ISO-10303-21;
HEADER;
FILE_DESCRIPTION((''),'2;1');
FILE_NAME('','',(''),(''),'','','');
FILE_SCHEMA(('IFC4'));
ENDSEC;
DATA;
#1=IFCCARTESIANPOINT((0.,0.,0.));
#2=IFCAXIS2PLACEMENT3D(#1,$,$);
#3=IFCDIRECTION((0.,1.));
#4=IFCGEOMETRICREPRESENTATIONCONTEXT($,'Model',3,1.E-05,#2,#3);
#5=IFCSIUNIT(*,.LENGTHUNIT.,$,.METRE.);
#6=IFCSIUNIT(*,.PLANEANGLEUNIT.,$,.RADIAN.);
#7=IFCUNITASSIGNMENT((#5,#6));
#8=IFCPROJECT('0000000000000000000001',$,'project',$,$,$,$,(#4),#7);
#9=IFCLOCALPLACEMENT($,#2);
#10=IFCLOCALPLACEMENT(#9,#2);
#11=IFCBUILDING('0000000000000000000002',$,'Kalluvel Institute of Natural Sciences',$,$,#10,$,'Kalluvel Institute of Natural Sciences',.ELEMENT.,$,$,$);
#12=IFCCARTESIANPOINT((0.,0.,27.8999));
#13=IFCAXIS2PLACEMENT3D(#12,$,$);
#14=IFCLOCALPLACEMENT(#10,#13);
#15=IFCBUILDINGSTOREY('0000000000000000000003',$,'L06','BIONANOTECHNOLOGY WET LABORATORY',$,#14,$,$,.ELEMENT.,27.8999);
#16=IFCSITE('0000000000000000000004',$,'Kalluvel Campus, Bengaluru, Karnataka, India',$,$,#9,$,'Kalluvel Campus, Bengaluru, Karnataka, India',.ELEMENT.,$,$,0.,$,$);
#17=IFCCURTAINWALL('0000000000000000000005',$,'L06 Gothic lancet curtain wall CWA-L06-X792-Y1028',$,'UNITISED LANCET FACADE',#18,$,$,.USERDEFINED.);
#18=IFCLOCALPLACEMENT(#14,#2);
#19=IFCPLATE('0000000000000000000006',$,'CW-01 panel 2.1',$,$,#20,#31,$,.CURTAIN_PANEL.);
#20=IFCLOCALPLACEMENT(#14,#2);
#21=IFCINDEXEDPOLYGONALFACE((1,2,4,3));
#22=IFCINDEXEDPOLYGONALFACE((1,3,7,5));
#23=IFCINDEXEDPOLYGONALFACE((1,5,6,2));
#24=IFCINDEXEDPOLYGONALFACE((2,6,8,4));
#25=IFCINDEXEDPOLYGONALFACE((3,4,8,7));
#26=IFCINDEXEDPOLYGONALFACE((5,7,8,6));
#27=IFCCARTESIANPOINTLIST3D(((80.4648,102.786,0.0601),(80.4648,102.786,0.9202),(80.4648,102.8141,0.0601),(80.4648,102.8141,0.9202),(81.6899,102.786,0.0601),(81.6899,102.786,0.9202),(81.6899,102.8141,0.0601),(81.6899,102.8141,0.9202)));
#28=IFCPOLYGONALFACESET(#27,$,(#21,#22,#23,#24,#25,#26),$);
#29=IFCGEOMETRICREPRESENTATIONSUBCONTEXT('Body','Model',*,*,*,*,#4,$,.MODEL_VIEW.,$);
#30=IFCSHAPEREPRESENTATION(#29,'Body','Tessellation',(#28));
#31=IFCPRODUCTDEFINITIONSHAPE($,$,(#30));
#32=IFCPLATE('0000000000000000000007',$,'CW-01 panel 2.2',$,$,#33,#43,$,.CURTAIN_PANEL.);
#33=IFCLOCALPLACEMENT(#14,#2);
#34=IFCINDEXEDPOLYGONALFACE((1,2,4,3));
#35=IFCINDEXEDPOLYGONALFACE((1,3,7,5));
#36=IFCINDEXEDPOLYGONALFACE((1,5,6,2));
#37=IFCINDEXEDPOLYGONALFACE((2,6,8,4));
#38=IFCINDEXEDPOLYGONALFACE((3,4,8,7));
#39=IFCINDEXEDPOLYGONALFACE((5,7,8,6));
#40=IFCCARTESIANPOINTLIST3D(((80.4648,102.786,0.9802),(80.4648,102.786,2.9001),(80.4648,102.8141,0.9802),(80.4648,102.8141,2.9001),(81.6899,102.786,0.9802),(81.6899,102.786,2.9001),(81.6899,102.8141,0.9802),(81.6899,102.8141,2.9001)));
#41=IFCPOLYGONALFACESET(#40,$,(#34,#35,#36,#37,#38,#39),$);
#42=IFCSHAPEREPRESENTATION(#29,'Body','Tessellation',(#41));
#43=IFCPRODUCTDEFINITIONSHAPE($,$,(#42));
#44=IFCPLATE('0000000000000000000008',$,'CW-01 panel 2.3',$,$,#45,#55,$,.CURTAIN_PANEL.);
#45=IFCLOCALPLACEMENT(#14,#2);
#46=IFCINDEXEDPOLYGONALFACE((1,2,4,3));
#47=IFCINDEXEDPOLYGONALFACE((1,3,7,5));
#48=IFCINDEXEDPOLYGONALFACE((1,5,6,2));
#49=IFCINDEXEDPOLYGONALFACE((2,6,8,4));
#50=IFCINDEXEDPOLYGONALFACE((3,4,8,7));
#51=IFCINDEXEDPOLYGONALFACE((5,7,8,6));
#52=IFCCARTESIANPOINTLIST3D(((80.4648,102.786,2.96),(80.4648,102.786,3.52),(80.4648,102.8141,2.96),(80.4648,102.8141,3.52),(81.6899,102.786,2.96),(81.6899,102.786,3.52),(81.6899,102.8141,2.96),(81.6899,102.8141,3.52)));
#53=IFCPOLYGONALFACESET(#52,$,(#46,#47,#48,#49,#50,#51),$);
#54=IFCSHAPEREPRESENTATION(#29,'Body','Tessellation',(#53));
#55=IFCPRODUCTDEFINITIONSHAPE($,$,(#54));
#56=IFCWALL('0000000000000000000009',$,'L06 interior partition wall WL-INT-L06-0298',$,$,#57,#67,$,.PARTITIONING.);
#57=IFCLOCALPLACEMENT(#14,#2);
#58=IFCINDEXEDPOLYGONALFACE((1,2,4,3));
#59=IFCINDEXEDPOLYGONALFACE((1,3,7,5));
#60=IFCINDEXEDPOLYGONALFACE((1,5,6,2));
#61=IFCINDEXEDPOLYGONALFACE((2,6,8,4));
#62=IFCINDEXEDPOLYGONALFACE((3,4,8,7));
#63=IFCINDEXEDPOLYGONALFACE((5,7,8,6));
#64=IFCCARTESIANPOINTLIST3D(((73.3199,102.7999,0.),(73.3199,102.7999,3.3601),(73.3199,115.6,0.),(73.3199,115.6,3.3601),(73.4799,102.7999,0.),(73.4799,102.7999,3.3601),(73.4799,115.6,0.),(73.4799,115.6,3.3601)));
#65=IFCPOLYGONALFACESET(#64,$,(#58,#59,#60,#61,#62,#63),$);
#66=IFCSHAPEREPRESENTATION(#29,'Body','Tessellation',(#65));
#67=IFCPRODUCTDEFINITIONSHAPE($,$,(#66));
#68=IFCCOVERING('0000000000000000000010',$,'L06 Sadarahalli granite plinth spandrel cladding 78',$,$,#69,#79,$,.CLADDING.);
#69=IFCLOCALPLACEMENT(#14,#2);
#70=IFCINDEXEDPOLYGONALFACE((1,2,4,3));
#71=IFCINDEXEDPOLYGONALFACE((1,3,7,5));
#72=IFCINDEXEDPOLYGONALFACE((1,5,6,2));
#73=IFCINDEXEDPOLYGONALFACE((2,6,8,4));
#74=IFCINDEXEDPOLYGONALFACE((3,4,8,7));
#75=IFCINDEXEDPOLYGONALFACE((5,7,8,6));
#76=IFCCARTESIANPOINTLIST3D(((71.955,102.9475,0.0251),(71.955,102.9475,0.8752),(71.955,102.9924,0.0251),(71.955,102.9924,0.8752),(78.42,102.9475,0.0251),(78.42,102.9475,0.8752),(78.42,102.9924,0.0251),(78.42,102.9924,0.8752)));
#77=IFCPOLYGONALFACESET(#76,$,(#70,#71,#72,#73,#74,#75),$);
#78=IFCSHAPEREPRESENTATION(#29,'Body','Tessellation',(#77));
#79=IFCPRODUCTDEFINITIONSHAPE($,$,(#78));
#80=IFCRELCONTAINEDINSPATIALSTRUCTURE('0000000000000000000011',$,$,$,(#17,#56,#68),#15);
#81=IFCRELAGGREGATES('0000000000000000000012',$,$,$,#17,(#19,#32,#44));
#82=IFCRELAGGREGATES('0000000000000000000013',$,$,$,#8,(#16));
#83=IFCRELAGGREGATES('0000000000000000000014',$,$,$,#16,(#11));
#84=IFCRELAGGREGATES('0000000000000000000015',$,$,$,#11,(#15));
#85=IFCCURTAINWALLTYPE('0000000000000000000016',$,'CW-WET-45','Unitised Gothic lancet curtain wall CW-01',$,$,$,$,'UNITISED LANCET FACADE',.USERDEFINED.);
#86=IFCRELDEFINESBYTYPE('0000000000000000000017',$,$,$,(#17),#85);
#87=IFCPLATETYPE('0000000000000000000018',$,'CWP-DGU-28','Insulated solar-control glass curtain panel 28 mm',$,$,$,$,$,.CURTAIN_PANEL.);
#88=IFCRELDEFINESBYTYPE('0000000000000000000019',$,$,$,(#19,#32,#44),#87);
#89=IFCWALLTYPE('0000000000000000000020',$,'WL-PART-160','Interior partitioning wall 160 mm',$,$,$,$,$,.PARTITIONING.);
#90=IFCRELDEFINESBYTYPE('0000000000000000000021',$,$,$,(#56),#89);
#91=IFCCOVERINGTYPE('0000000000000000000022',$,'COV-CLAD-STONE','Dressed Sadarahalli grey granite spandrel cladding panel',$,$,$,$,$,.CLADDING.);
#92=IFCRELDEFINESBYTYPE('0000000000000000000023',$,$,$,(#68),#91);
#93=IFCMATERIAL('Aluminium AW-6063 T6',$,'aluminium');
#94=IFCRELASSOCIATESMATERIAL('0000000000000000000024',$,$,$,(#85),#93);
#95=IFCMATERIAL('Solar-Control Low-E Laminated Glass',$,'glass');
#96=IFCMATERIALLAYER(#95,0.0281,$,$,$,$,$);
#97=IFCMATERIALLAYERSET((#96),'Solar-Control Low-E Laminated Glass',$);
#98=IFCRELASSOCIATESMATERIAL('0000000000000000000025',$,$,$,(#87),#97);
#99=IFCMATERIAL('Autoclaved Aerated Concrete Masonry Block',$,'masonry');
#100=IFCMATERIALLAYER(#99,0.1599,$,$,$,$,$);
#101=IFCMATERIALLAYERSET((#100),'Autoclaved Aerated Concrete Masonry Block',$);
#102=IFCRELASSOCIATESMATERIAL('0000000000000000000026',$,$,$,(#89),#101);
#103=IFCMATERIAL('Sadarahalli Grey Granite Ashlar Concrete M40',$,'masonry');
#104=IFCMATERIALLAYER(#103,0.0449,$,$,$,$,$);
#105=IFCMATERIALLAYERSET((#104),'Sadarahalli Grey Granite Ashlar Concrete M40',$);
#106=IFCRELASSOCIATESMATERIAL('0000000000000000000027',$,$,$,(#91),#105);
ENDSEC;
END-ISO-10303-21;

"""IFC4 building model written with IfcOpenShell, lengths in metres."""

from ifc_helpers import new_model, si_unit, direction, frame, frame_2d, origin, origin_2d, place, context, subcontext, project, spatial, rectangle, extrude, material, layer, layer_set, type_object, element, aggregate, save


model = new_model("IFC4")

# Units and contexts
model_context = context("Model", 3, precision=1e-05, world=origin(), true_north=direction((0.0, 1.0)))
body_context = subcontext(model_context, "Body", "Model", "MODEL_VIEW")
ifc_project = project(units=[si_unit("LENGTHUNIT", "METRE"), si_unit("PLANEANGLEUNIT", "RADIAN")], contexts=[model_context])

# Site, building, storey
site_placement = place(None, origin())
site = spatial("IfcSite", under=ifc_project, at=site_placement, Name="Kalluvel Campus, Bengaluru, Karnataka, India", LongName="Kalluvel Campus, Bengaluru, Karnataka, India", CompositionType="ELEMENT", RefElevation=0.0)
building_placement = place(site_placement, origin())
building = spatial("IfcBuilding", under=site, at=building_placement, Name="Kalluvel Institute of Natural Sciences", LongName="Kalluvel Institute of Natural Sciences", CompositionType="ELEMENT")
storey_placement = place(building_placement, frame((0.0, 0.0, 27.8999)))
storey = spatial("IfcBuildingStorey", under=building, at=storey_placement, Name="L06", Description="BIONANOTECHNOLOGY WET LABORATORY", CompositionType="ELEMENT", Elevation=27.8999)

# Curtain wall
ifc_material_1 = material(Name="Aluminium AW-6063 T6", Category="aluminium")
curtain_wall_type = type_object("IfcCurtainWallType", Name="CW-WET-45", Description="Unitised Gothic lancet curtain wall CW-01", ElementType="UNITISED LANCET FACADE", PredefinedType="USERDEFINED", material=ifc_material_1)
curtain_wall_placement = place(storey_placement, origin())
curtain_wall = element("IfcCurtainWall", 1, at=curtain_wall_placement, inside=storey, type_object=curtain_wall_type, Name="L06 Gothic lancet curtain wall CWA-L06-X792-Y1028", ObjectType="UNITISED LANCET FACADE", PredefinedType="USERDEFINED")

# Plates
ifc_material_2 = material(Name="Solar-Control Low-E Laminated Glass", Category="glass")
ifc_layer_1 = layer(ifc_material_2, 0.0281)
ifc_layer_set_1 = layer_set([ifc_layer_1], Name="Solar-Control Low-E Laminated Glass")
plate_type = type_object("IfcPlateType", Name="CWP-DGU-28", Description="Insulated solar-control glass curtain panel 28 mm", PredefinedType="CURTAIN_PANEL", material=ifc_layer_set_1)
plate_1_placement = place(storey_placement, frame((81.0774, 102.8, 0.0601), z_axis=(0.0, 0.0, 1.0), x_axis=(1.0, 0.0, 0.0)))
plate_1 = element("IfcPlate", 2, at=plate_1_placement, type_object=plate_type, Name="CW-01 panel 2.1", PredefinedType="CURTAIN_PANEL", context=body_context, shape_type="SweptSolid", body=[
    extrude(rectangle(XDim=1.2251, YDim=0.0281, at=origin_2d()), origin(), (0.0, 0.0, 1.0), 0.8601),
])
plate_2_placement = place(storey_placement, frame((81.0774, 102.8, 0.9802), z_axis=(0.0, 0.0, 1.0), x_axis=(1.0, 0.0, 0.0)))
plate_2 = element("IfcPlate", 3, at=plate_2_placement, type_object=plate_type, Name="CW-01 panel 2.2", PredefinedType="CURTAIN_PANEL", context=body_context, shape_type="SweptSolid", body=[
    extrude(rectangle(XDim=1.2251, YDim=0.0281, at=origin_2d()), origin(), (0.0, 0.0, 1.0), 1.9199),
])
plate_3_placement = place(storey_placement, frame((81.0774, 102.8, 2.96), z_axis=(0.0, 0.0, 1.0), x_axis=(1.0, 0.0, 0.0)))
plate_3 = element("IfcPlate", 4, at=plate_3_placement, type_object=plate_type, Name="CW-01 panel 2.3", PredefinedType="CURTAIN_PANEL", context=body_context, shape_type="SweptSolid", body=[
    extrude(rectangle(XDim=1.2251, YDim=0.0281, at=origin_2d()), origin(), (0.0, 0.0, 1.0), 0.5601),
])
aggregate(curtain_wall, [plate_1, plate_2, plate_3])

# Wall
ifc_material_3 = material(Name="Autoclaved Aerated Concrete Masonry Block", Category="masonry")
ifc_layer_2 = layer(ifc_material_3, 0.1599)
ifc_layer_set_2 = layer_set([ifc_layer_2], Name="Autoclaved Aerated Concrete Masonry Block")
wall_type = type_object("IfcWallType", Name="WL-PART-160", Description="Interior partitioning wall 160 mm", PredefinedType="PARTITIONING", material=ifc_layer_set_2)
wall_placement = place(storey_placement, frame((73.3999, 102.8, 0.0), z_axis=(0.0, 0.0, 1.0), x_axis=(0.0, 1.0, 0.0)))
element("IfcWall", 5, at=wall_placement, inside=storey, type_object=wall_type, Name="L06 interior partition wall WL-INT-L06-0298", PredefinedType="PARTITIONING", context=body_context, shape_type="SweptSolid", body=[
    extrude(rectangle(XDim=12.8, YDim=0.1599, at=frame_2d((6.3999, 0.0))), origin(), (0.0, 0.0, 1.0), 3.3601),
])

# Covering
ifc_material_4 = material(Name="Sadarahalli Grey Granite Ashlar Concrete M40", Category="masonry")
ifc_layer_3 = layer(ifc_material_4, 0.0449)
ifc_layer_set_3 = layer_set([ifc_layer_3], Name="Sadarahalli Grey Granite Ashlar Concrete M40")
covering_type = type_object("IfcCoveringType", Name="COV-CLAD-STONE", Description="Dressed Sadarahalli grey granite spandrel cladding panel", PredefinedType="CLADDING", material=ifc_layer_set_3)
covering_placement = place(storey_placement, frame((75.1875, 102.97, 0.0251), z_axis=(0.0, 0.0, 1.0), x_axis=(1.0, 0.0, 0.0)))
element("IfcCovering", 6, at=covering_placement, inside=storey, type_object=covering_type, Name="L06 Sadarahalli granite plinth spandrel cladding 78", PredefinedType="CLADDING", context=body_context, shape_type="SweptSolid", body=[
    extrude(rectangle(XDim=6.4651, YDim=0.0449, at=origin_2d()), origin(), (0.0, 0.0, 1.0), 0.8501),
])

save(model, "model.ifc")
